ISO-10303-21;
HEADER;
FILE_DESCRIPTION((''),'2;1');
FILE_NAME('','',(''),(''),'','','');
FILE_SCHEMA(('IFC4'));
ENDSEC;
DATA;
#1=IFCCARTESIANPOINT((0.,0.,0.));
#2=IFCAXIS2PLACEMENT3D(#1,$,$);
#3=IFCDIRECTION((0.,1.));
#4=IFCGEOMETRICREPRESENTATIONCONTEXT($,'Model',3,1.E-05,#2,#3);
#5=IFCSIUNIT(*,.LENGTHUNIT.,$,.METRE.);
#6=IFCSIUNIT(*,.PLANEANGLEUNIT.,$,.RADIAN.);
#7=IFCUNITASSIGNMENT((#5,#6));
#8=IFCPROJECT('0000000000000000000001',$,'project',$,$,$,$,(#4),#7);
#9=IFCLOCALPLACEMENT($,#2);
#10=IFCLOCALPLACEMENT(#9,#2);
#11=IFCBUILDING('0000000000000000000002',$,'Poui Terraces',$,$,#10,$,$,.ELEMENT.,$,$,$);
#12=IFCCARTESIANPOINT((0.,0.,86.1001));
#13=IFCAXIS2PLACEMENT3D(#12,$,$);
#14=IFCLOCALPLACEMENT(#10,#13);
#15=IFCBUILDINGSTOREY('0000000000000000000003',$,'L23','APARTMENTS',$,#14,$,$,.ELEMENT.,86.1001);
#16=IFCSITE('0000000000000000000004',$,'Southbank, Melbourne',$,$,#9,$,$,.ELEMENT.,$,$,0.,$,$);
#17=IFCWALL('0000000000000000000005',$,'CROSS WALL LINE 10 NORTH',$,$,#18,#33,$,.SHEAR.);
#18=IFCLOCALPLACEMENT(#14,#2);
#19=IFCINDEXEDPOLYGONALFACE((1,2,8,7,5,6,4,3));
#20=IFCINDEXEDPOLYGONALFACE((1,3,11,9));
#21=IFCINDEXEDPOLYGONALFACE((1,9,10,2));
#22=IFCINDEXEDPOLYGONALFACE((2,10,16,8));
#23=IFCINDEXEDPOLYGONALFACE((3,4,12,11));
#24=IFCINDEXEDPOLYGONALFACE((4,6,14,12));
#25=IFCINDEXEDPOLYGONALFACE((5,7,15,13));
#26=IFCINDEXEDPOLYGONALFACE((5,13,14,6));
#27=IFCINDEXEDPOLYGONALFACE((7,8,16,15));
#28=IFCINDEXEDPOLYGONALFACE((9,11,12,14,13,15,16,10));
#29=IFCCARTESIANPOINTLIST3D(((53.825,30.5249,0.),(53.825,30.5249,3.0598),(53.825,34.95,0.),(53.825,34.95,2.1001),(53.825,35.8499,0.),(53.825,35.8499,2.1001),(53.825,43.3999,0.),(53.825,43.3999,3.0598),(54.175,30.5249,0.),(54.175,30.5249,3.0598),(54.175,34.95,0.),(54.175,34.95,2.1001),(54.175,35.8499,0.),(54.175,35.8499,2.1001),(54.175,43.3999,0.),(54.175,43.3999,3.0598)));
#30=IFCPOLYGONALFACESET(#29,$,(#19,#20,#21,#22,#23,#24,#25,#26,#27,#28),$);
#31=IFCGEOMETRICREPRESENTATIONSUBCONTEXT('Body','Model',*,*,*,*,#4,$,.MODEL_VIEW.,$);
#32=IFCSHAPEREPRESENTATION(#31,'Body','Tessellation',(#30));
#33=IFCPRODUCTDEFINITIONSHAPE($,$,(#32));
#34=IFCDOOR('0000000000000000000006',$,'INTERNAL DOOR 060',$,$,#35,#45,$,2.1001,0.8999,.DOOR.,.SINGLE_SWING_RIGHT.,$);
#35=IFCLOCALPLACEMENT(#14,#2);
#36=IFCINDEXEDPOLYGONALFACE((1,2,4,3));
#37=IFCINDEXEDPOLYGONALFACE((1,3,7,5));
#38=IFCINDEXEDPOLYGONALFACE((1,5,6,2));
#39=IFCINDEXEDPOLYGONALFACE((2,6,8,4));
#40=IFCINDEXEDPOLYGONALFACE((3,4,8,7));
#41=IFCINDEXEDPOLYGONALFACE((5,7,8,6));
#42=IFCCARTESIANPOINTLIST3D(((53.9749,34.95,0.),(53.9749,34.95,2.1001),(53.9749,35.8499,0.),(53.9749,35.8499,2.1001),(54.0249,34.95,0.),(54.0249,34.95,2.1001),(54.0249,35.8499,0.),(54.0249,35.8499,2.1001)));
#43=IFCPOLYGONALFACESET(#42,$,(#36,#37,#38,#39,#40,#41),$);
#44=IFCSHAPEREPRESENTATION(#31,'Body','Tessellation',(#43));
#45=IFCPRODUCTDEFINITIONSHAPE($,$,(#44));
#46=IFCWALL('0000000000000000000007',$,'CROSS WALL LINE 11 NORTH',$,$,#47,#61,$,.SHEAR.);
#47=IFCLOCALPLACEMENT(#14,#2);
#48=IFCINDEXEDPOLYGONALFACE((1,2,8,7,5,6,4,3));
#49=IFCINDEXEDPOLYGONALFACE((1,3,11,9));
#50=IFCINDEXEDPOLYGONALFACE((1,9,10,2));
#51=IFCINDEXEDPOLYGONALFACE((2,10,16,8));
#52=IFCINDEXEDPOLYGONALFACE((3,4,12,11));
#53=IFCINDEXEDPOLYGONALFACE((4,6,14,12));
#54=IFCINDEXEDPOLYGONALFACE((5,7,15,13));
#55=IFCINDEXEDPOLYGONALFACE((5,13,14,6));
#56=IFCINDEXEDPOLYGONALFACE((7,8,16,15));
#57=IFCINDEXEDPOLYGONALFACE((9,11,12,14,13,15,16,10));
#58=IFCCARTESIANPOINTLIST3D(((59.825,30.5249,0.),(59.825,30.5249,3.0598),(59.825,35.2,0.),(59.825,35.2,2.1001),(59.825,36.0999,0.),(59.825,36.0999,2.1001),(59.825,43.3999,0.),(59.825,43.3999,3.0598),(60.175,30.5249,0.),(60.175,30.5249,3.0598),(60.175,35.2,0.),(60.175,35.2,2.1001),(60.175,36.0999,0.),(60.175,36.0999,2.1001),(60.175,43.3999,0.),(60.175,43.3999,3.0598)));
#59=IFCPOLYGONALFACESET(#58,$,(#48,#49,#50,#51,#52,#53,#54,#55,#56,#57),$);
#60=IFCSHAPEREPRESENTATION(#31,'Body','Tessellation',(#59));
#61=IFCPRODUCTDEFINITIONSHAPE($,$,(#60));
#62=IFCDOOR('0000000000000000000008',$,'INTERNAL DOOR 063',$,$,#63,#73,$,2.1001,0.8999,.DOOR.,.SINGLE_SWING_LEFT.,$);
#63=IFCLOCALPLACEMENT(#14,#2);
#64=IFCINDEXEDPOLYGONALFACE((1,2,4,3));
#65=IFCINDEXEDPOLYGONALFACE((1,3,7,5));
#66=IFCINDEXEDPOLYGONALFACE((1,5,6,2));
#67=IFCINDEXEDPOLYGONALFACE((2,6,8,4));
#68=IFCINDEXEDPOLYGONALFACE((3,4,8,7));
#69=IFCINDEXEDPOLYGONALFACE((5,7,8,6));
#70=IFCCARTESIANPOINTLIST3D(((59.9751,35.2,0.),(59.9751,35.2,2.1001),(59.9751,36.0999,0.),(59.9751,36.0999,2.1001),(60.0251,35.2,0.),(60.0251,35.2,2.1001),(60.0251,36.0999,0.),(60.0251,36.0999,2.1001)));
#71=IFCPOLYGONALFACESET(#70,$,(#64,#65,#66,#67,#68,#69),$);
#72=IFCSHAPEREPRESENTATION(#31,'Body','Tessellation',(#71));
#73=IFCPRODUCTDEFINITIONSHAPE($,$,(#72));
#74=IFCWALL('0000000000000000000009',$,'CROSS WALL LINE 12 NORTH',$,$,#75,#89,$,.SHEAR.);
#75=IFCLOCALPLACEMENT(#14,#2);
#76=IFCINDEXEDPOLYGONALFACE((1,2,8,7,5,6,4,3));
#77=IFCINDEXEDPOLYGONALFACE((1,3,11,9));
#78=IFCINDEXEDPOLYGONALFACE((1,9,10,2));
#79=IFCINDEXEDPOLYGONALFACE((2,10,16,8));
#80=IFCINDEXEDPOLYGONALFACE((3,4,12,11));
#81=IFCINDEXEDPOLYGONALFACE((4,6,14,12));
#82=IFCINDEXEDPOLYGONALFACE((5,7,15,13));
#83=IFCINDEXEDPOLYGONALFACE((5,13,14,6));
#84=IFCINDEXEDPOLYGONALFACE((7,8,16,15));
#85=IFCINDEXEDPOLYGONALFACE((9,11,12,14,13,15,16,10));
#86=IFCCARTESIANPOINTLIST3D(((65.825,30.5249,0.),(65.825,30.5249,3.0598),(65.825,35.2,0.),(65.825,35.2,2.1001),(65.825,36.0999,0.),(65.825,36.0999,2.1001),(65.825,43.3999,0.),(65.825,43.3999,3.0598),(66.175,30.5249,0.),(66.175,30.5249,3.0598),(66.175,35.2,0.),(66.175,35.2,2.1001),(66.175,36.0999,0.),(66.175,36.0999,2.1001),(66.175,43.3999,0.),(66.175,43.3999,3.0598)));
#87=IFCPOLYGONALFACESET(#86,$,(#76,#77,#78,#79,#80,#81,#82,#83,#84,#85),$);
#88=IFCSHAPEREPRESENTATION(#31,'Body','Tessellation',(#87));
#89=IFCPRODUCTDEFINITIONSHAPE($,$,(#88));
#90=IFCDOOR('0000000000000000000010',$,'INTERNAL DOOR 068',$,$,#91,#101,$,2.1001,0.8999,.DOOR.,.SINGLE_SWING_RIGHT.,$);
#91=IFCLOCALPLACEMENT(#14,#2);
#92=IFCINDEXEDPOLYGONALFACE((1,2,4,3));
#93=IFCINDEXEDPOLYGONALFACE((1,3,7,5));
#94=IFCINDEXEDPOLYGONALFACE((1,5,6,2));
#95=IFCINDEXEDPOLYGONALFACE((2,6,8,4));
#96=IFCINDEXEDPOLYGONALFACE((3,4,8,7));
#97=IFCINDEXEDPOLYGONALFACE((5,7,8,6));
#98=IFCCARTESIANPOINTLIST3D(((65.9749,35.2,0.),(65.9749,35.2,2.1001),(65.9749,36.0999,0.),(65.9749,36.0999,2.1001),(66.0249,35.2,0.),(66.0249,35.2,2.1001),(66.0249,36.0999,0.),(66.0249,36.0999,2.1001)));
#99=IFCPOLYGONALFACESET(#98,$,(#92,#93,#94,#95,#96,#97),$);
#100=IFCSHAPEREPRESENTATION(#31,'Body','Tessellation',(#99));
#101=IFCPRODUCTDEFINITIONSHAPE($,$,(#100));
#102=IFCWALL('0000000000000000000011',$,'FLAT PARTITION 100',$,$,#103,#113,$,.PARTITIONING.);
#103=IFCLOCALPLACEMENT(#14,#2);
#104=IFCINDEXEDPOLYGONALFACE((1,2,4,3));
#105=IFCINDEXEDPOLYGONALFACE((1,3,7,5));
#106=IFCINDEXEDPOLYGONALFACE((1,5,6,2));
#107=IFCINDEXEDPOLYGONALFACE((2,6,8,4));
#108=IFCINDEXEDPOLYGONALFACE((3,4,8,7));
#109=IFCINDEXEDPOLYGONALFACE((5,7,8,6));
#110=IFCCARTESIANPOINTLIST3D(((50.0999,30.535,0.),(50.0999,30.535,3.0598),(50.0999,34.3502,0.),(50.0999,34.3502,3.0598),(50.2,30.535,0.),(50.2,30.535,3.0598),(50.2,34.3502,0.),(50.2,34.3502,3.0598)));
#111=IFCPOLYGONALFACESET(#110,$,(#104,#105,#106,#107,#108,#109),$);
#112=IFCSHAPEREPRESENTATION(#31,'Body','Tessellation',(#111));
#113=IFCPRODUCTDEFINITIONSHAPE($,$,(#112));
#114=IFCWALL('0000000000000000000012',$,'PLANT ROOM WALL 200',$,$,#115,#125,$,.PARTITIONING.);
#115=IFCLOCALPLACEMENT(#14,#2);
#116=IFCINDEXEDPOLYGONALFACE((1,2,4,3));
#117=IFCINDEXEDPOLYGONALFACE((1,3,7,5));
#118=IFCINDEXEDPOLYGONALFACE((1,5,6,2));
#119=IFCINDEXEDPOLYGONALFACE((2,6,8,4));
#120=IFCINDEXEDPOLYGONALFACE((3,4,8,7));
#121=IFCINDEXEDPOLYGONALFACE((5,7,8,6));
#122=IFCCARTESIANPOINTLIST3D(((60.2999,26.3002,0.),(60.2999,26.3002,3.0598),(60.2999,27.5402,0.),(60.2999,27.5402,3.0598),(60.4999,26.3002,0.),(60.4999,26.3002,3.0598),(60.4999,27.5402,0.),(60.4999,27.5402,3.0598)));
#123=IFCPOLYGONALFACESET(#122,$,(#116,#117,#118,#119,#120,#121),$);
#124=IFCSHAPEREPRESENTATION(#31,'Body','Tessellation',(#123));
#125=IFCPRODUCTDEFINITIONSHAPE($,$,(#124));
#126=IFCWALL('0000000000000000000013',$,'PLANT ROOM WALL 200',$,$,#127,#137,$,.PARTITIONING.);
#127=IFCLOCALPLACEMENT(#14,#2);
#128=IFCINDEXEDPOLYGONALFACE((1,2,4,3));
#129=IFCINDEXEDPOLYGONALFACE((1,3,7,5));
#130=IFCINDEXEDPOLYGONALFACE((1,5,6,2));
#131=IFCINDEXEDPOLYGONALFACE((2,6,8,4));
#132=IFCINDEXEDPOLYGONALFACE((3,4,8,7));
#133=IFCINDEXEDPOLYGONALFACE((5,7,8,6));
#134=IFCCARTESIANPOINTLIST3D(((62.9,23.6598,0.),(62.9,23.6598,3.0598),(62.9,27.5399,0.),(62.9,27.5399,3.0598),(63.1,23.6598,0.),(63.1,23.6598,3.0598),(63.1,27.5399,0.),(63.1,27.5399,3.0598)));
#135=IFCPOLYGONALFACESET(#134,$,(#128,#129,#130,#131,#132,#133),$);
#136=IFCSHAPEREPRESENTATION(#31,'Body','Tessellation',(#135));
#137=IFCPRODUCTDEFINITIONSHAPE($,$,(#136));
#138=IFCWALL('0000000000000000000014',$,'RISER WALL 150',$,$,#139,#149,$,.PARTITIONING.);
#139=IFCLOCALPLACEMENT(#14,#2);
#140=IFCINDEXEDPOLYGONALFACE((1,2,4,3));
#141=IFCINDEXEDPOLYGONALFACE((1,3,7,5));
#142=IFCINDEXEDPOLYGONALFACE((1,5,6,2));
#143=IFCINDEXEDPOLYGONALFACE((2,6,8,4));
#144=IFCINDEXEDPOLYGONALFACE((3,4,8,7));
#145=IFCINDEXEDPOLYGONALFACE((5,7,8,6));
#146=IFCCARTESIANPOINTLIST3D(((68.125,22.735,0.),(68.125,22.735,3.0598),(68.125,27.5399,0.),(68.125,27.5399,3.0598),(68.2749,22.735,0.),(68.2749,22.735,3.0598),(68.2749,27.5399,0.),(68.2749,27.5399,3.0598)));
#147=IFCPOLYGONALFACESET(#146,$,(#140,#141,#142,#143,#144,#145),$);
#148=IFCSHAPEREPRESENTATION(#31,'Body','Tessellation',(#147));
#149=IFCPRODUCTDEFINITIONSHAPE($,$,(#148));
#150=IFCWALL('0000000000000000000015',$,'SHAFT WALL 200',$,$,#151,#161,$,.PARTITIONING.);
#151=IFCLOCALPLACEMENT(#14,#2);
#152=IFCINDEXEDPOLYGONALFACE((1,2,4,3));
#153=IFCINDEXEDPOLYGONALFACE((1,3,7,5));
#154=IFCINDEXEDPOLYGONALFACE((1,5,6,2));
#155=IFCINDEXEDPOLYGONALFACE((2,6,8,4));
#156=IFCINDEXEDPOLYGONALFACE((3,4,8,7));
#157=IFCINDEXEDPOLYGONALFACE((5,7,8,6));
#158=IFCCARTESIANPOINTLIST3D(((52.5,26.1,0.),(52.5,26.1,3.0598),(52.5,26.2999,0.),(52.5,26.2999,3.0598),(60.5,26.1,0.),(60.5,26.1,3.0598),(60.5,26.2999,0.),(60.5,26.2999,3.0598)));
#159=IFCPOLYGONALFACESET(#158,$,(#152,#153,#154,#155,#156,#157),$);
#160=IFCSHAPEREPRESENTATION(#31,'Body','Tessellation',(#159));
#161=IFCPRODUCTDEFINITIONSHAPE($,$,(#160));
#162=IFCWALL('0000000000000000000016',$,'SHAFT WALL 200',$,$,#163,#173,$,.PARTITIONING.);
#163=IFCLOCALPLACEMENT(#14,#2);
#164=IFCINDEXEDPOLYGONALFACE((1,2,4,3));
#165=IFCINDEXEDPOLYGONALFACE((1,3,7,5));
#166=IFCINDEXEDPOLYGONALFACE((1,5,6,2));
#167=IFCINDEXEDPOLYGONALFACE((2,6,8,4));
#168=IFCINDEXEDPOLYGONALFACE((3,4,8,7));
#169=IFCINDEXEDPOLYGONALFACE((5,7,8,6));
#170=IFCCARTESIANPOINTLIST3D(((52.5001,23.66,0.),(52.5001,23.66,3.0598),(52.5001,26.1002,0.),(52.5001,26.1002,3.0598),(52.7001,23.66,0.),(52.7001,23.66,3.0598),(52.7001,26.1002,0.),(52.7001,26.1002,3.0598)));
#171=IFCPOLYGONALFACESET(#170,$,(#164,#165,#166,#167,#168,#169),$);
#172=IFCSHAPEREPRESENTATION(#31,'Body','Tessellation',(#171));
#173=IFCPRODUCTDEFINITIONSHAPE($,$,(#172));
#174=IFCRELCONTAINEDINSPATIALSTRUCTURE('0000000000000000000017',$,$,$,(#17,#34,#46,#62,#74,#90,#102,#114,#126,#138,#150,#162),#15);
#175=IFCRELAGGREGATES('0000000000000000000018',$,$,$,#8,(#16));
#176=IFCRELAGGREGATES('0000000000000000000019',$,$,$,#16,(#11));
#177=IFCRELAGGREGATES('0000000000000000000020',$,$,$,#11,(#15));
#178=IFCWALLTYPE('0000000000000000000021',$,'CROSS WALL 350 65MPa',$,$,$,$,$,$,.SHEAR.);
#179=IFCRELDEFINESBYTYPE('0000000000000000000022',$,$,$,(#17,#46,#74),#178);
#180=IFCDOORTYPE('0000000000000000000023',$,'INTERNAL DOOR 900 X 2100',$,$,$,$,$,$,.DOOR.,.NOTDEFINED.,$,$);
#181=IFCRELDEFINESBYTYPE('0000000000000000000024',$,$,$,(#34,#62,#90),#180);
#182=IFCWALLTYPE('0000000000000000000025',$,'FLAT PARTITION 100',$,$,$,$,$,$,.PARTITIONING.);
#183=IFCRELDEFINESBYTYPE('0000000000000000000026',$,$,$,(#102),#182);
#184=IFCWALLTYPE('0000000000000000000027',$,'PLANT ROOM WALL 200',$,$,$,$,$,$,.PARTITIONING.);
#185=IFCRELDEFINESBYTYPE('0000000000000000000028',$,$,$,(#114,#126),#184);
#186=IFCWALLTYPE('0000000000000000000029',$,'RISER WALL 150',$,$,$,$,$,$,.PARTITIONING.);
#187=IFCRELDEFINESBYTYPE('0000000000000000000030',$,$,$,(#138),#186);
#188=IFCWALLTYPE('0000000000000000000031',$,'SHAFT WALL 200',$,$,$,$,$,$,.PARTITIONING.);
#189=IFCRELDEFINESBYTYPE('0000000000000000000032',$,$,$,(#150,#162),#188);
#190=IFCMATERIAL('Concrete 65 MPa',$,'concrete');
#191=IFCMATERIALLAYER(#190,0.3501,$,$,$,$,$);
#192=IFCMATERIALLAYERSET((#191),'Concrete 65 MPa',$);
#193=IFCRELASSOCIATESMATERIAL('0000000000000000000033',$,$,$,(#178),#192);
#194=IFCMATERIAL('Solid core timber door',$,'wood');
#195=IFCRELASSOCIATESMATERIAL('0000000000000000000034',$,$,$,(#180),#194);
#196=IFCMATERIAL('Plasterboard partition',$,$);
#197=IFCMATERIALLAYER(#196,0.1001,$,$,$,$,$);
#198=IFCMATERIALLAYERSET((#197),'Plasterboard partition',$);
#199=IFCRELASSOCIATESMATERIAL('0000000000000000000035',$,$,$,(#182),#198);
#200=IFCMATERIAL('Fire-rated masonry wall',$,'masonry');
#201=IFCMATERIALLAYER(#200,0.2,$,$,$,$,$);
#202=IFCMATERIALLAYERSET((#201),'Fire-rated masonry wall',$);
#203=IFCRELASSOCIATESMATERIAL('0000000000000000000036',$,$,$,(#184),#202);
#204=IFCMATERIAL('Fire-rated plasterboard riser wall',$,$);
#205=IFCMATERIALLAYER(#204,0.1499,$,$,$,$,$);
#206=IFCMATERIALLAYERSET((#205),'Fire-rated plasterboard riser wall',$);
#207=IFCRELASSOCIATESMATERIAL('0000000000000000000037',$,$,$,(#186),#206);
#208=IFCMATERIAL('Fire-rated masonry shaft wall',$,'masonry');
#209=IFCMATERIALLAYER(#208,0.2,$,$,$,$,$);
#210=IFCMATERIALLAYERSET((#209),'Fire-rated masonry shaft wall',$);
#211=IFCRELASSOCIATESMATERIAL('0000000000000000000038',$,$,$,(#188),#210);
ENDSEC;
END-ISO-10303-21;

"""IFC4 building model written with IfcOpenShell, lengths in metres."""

from ifc_helpers import new_model, si_unit, direction, frame, frame_2d, origin, place, context, subcontext, project, spatial, rectangle, extrude, material, layer, layer_set, type_object, element, fill, save


model = new_model("IFC4")

# Units and contexts
model_context = context("Model", 3, precision=1e-05, world=origin(), true_north=direction((0.0, 1.0)))
body_context = subcontext(model_context, "Body", "Model", "MODEL_VIEW")
ifc_project = project(units=[si_unit("LENGTHUNIT", "METRE"), si_unit("PLANEANGLEUNIT", "RADIAN")], contexts=[model_context])

# Site, building, storey
site_placement = place(None, origin())
site = spatial("IfcSite", under=ifc_project, at=site_placement, Name="Southbank, Melbourne", CompositionType="ELEMENT", RefElevation=0.0)
building_placement = place(site_placement, origin())
building = spatial("IfcBuilding", under=site, at=building_placement, Name="Poui Terraces", CompositionType="ELEMENT")
storey_placement = place(building_placement, frame((0.0, 0.0, 86.1001)))
storey = spatial("IfcBuildingStorey", under=building, at=storey_placement, Name="L23", Description="APARTMENTS", CompositionType="ELEMENT", Elevation=86.1001)

# Shared definitions
ifc_material_1 = material(Name="Concrete 65 MPa", Category="concrete")

# Walls, openings, doors
ifc_layer_1 = layer(ifc_material_1, 0.3501)
ifc_layer_set_1 = layer_set([ifc_layer_1], Name="Concrete 65 MPa")
wall_type_1 = type_object("IfcWallType", Name="CROSS WALL 350 65MPa", PredefinedType="SHEAR", material=ifc_layer_set_1)
wall_1_placement = place(storey_placement, frame((54.0, 30.5249, 0.0), z_axis=(0.0, 0.0, 1.0), x_axis=(0.0, 1.0, 0.0)))
wall_1 = element("IfcWall", 1, at=wall_1_placement, inside=storey, type_object=wall_type_1, Name="CROSS WALL LINE 10 NORTH", PredefinedType="SHEAR", context=body_context, shape_type="SweptSolid", body=[
    extrude(rectangle(XDim=12.875, YDim=0.3501, at=frame_2d((6.4375, 0.0))), origin(), (0.0, 0.0, 1.0), 3.0598),
])
opening_1_placement = place(wall_1_placement, frame((4.425, 0.0, 0.0)))
opening_1 = element("IfcOpeningElement", 2, at=opening_1_placement, cuts=wall_1, PredefinedType="OPENING", context=body_context, shape_type="SweptSolid", body=[
    extrude(rectangle(XDim=0.8999, YDim=2.1001, at=frame_2d((0.45, 1.05))), frame((0.0, 0.1851, 0.0), z_axis=(0.0, -1.0, 0.0), x_axis=(1.0, 0.0, 0.0)), (0.0, 0.0, 1.0), 0.3701),
])
ifc_material_2 = material(Name="Solid core timber door", Category="wood")
door_type_1 = type_object("IfcDoorType", Name="INTERNAL DOOR 900 X 2100", OperationType="NOTDEFINED", PredefinedType="DOOR", material=ifc_material_2)
door_1_placement = place(opening_1_placement, frame((0.8999, 0.0, 0.0), z_axis=(0.0, 0.0, 1.0), x_axis=(-1.0, 0.0, 0.0)))
door_1 = element("IfcDoor", 3, at=door_1_placement, inside=storey, type_object=door_type_1, Name="INTERNAL DOOR 060", OperationType="SINGLE_SWING_RIGHT", OverallHeight=2.1001, OverallWidth=0.8999, PredefinedType="DOOR", context=body_context, shape_type="SweptSolid", body=[
    extrude(rectangle(XDim=0.8999, YDim=2.1001, at=frame_2d((0.45, 1.05))), frame((0.0, 0.0249, 0.0), z_axis=(0.0, -1.0, 0.0), x_axis=(1.0, 0.0, 0.0)), (0.0, 0.0, 1.0), 0.05),
])
fill(opening_1, door_1)
wall_2_placement = place(storey_placement, frame((60.0, 30.5249, 0.0), z_axis=(0.0, 0.0, 1.0), x_axis=(0.0, 1.0, 0.0)))
wall_2 = element("IfcWall", 4, at=wall_2_placement, inside=storey, type_object=wall_type_1, Name="CROSS WALL LINE 11 NORTH", PredefinedType="SHEAR", context=body_context, shape_type="SweptSolid", body=[
    extrude(rectangle(XDim=12.875, YDim=0.3501, at=frame_2d((6.4375, 0.0))), origin(), (0.0, 0.0, 1.0), 3.0598),
])
opening_2_placement = place(wall_2_placement, frame((4.675, 0.0, 0.0)))
opening_2 = element("IfcOpeningElement", 5, at=opening_2_placement, cuts=wall_2, PredefinedType="OPENING", context=body_context, shape_type="SweptSolid", body=[
    extrude(rectangle(XDim=0.8999, YDim=2.1001, at=frame_2d((0.45, 1.05))), frame((0.0, 0.1851, 0.0), z_axis=(0.0, -1.0, 0.0), x_axis=(1.0, 0.0, 0.0)), (0.0, 0.0, 1.0), 0.3701),
])
door_2_placement = place(opening_2_placement, origin())
door_2 = element("IfcDoor", 6, at=door_2_placement, inside=storey, type_object=door_type_1, Name="INTERNAL DOOR 063", OperationType="SINGLE_SWING_LEFT", OverallHeight=2.1001, OverallWidth=0.8999, PredefinedType="DOOR", context=body_context, shape_type="SweptSolid", body=[
    extrude(rectangle(XDim=0.8999, YDim=2.1001, at=frame_2d((0.45, 1.05))), frame((0.0, 0.0249, 0.0), z_axis=(0.0, -1.0, 0.0), x_axis=(1.0, 0.0, 0.0)), (0.0, 0.0, 1.0), 0.05),
])
fill(opening_2, door_2)
wall_3_placement = place(storey_placement, frame((66.0, 30.5249, 0.0), z_axis=(0.0, 0.0, 1.0), x_axis=(0.0, 1.0, 0.0)))
wall_3 = element("IfcWall", 7, at=wall_3_placement, inside=storey, type_object=wall_type_1, Name="CROSS WALL LINE 12 NORTH", PredefinedType="SHEAR", context=body_context, shape_type="SweptSolid", body=[
    extrude(rectangle(XDim=12.875, YDim=0.3501, at=frame_2d((6.4375, 0.0))), origin(), (0.0, 0.0, 1.0), 3.0598),
])
opening_3_placement = place(wall_3_placement, frame((4.675, 0.0, 0.0)))
opening_3 = element("IfcOpeningElement", 8, at=opening_3_placement, cuts=wall_3, PredefinedType="OPENING", context=body_context, shape_type="SweptSolid", body=[
    extrude(rectangle(XDim=0.8999, YDim=2.1001, at=frame_2d((0.45, 1.05))), frame((0.0, 0.1851, 0.0), z_axis=(0.0, -1.0, 0.0), x_axis=(1.0, 0.0, 0.0)), (0.0, 0.0, 1.0), 0.3701),
])
door_3_placement = place(opening_3_placement, frame((0.8999, 0.0, 0.0), z_axis=(0.0, 0.0, 1.0), x_axis=(-1.0, 0.0, 0.0)))
door_3 = element("IfcDoor", 9, at=door_3_placement, inside=storey, type_object=door_type_1, Name="INTERNAL DOOR 068", OperationType="SINGLE_SWING_RIGHT", OverallHeight=2.1001, OverallWidth=0.8999, PredefinedType="DOOR", context=body_context, shape_type="SweptSolid", body=[
    extrude(rectangle(XDim=0.8999, YDim=2.1001, at=frame_2d((0.45, 1.05))), frame((0.0, 0.0249, 0.0), z_axis=(0.0, -1.0, 0.0), x_axis=(1.0, 0.0, 0.0)), (0.0, 0.0, 1.0), 0.05),
])
fill(opening_3, door_3)

# Walls
ifc_material_3 = material(Name="Plasterboard partition")
ifc_layer_2 = layer(ifc_material_3, 0.1001)
ifc_layer_set_2 = layer_set([ifc_layer_2], Name="Plasterboard partition")
wall_type_2 = type_object("IfcWallType", Name="FLAT PARTITION 100", PredefinedType="PARTITIONING", material=ifc_layer_set_2)
wall_4_placement = place(storey_placement, frame((50.1499, 30.5349, 0.0), z_axis=(0.0, 0.0, 1.0), x_axis=(0.0, 1.0, 0.0)))
element("IfcWall", 10, at=wall_4_placement, inside=storey, type_object=wall_type_2, Name="FLAT PARTITION 100", PredefinedType="PARTITIONING", context=body_context, shape_type="SweptSolid", body=[
    extrude(rectangle(XDim=3.8152, YDim=0.1001, at=frame_2d((1.9077, 0.0))), origin(), (0.0, 0.0, 1.0), 3.0598),
])
ifc_material_4 = material(Name="Fire-rated masonry wall", Category="masonry")
ifc_layer_3 = layer(ifc_material_4, 0.2)
ifc_layer_set_3 = layer_set([ifc_layer_3], Name="Fire-rated masonry wall")
wall_type_3 = type_object("IfcWallType", Name="PLANT ROOM WALL 200", PredefinedType="PARTITIONING", material=ifc_layer_set_3)
wall_5_placement = place(storey_placement, frame((60.3999, 26.3, 0.0), z_axis=(0.0, 0.0, 1.0), x_axis=(0.0, 1.0, 0.0)))
element("IfcWall", 11, at=wall_5_placement, inside=storey, type_object=wall_type_3, Name="PLANT ROOM WALL 200", PredefinedType="PARTITIONING", context=body_context, shape_type="SweptSolid", body=[
    extrude(rectangle(XDim=1.24, YDim=0.2, at=frame_2d((0.6201, 0.0))), origin(), (0.0, 0.0, 1.0), 3.0598),
])
wall_6_placement = place(storey_placement, frame((63.0, 23.6599, 0.0), z_axis=(0.0, 0.0, 1.0), x_axis=(0.0, 1.0, 0.0)))
element("IfcWall", 12, at=wall_6_placement, inside=storey, type_object=wall_type_3, Name="PLANT ROOM WALL 200", PredefinedType="PARTITIONING", context=body_context, shape_type="SweptSolid", body=[
    extrude(rectangle(XDim=3.8801, YDim=0.2, at=frame_2d((1.9399, 0.0))), origin(), (0.0, 0.0, 1.0), 3.0598),
])
ifc_material_5 = material(Name="Fire-rated plasterboard riser wall")
ifc_layer_4 = layer(ifc_material_5, 0.1499)
ifc_layer_set_4 = layer_set([ifc_layer_4], Name="Fire-rated plasterboard riser wall")
wall_type_4 = type_object("IfcWallType", Name="RISER WALL 150", PredefinedType="PARTITIONING", material=ifc_layer_set_4)
wall_7_placement = place(storey_placement, frame((68.2, 22.7351, 0.0), z_axis=(0.0, 0.0, 1.0), x_axis=(0.0, 1.0, 0.0)))
element("IfcWall", 13, at=wall_7_placement, inside=storey, type_object=wall_type_4, Name="RISER WALL 150", PredefinedType="PARTITIONING", context=body_context, shape_type="SweptSolid", body=[
    extrude(rectangle(XDim=4.8049, YDim=0.1499, at=frame_2d((2.4023, 0.0))), origin(), (0.0, 0.0, 1.0), 3.0598),
])
ifc_material_6 = material(Name="Fire-rated masonry shaft wall", Category="masonry")
ifc_layer_5 = layer(ifc_material_6, 0.2)
ifc_layer_set_5 = layer_set([ifc_layer_5], Name="Fire-rated masonry shaft wall")
wall_type_5 = type_object("IfcWallType", Name="SHAFT WALL 200", PredefinedType="PARTITIONING", material=ifc_layer_set_5)
wall_8_placement = place(storey_placement, frame((52.5, 26.2, 0.0), z_axis=(0.0, 0.0, 1.0), x_axis=(1.0, 0.0, 0.0)))
element("IfcWall", 14, at=wall_8_placement, inside=storey, type_object=wall_type_5, Name="SHAFT WALL 200", PredefinedType="PARTITIONING", context=body_context, shape_type="SweptSolid", body=[
    extrude(rectangle(XDim=8.0, YDim=0.2, at=frame_2d((4.0, 0.0))), origin(), (0.0, 0.0, 1.0), 3.0598),
])
for number, where, z_axis, x_axis, name in (
    (15, (52.6001, 23.6599, 0.0), (0.0, 0.0, 1.0), (0.0, 1.0, 0.0), "SHAFT WALL 200"),
):
    element("IfcWall", number, at=place(storey_placement, frame(where, z_axis=z_axis, x_axis=x_axis)), inside=storey, type_object=wall_type_5, Name=name, PredefinedType="PARTITIONING", context=body_context, shape_type="SweptSolid", body=[
        extrude(rectangle(XDim=2.4402, YDim=0.2, at=frame_2d((1.2202, 0.0))), origin(), (0.0, 0.0, 1.0), 3.0598),
    ])

save(model, "model.ifc")
